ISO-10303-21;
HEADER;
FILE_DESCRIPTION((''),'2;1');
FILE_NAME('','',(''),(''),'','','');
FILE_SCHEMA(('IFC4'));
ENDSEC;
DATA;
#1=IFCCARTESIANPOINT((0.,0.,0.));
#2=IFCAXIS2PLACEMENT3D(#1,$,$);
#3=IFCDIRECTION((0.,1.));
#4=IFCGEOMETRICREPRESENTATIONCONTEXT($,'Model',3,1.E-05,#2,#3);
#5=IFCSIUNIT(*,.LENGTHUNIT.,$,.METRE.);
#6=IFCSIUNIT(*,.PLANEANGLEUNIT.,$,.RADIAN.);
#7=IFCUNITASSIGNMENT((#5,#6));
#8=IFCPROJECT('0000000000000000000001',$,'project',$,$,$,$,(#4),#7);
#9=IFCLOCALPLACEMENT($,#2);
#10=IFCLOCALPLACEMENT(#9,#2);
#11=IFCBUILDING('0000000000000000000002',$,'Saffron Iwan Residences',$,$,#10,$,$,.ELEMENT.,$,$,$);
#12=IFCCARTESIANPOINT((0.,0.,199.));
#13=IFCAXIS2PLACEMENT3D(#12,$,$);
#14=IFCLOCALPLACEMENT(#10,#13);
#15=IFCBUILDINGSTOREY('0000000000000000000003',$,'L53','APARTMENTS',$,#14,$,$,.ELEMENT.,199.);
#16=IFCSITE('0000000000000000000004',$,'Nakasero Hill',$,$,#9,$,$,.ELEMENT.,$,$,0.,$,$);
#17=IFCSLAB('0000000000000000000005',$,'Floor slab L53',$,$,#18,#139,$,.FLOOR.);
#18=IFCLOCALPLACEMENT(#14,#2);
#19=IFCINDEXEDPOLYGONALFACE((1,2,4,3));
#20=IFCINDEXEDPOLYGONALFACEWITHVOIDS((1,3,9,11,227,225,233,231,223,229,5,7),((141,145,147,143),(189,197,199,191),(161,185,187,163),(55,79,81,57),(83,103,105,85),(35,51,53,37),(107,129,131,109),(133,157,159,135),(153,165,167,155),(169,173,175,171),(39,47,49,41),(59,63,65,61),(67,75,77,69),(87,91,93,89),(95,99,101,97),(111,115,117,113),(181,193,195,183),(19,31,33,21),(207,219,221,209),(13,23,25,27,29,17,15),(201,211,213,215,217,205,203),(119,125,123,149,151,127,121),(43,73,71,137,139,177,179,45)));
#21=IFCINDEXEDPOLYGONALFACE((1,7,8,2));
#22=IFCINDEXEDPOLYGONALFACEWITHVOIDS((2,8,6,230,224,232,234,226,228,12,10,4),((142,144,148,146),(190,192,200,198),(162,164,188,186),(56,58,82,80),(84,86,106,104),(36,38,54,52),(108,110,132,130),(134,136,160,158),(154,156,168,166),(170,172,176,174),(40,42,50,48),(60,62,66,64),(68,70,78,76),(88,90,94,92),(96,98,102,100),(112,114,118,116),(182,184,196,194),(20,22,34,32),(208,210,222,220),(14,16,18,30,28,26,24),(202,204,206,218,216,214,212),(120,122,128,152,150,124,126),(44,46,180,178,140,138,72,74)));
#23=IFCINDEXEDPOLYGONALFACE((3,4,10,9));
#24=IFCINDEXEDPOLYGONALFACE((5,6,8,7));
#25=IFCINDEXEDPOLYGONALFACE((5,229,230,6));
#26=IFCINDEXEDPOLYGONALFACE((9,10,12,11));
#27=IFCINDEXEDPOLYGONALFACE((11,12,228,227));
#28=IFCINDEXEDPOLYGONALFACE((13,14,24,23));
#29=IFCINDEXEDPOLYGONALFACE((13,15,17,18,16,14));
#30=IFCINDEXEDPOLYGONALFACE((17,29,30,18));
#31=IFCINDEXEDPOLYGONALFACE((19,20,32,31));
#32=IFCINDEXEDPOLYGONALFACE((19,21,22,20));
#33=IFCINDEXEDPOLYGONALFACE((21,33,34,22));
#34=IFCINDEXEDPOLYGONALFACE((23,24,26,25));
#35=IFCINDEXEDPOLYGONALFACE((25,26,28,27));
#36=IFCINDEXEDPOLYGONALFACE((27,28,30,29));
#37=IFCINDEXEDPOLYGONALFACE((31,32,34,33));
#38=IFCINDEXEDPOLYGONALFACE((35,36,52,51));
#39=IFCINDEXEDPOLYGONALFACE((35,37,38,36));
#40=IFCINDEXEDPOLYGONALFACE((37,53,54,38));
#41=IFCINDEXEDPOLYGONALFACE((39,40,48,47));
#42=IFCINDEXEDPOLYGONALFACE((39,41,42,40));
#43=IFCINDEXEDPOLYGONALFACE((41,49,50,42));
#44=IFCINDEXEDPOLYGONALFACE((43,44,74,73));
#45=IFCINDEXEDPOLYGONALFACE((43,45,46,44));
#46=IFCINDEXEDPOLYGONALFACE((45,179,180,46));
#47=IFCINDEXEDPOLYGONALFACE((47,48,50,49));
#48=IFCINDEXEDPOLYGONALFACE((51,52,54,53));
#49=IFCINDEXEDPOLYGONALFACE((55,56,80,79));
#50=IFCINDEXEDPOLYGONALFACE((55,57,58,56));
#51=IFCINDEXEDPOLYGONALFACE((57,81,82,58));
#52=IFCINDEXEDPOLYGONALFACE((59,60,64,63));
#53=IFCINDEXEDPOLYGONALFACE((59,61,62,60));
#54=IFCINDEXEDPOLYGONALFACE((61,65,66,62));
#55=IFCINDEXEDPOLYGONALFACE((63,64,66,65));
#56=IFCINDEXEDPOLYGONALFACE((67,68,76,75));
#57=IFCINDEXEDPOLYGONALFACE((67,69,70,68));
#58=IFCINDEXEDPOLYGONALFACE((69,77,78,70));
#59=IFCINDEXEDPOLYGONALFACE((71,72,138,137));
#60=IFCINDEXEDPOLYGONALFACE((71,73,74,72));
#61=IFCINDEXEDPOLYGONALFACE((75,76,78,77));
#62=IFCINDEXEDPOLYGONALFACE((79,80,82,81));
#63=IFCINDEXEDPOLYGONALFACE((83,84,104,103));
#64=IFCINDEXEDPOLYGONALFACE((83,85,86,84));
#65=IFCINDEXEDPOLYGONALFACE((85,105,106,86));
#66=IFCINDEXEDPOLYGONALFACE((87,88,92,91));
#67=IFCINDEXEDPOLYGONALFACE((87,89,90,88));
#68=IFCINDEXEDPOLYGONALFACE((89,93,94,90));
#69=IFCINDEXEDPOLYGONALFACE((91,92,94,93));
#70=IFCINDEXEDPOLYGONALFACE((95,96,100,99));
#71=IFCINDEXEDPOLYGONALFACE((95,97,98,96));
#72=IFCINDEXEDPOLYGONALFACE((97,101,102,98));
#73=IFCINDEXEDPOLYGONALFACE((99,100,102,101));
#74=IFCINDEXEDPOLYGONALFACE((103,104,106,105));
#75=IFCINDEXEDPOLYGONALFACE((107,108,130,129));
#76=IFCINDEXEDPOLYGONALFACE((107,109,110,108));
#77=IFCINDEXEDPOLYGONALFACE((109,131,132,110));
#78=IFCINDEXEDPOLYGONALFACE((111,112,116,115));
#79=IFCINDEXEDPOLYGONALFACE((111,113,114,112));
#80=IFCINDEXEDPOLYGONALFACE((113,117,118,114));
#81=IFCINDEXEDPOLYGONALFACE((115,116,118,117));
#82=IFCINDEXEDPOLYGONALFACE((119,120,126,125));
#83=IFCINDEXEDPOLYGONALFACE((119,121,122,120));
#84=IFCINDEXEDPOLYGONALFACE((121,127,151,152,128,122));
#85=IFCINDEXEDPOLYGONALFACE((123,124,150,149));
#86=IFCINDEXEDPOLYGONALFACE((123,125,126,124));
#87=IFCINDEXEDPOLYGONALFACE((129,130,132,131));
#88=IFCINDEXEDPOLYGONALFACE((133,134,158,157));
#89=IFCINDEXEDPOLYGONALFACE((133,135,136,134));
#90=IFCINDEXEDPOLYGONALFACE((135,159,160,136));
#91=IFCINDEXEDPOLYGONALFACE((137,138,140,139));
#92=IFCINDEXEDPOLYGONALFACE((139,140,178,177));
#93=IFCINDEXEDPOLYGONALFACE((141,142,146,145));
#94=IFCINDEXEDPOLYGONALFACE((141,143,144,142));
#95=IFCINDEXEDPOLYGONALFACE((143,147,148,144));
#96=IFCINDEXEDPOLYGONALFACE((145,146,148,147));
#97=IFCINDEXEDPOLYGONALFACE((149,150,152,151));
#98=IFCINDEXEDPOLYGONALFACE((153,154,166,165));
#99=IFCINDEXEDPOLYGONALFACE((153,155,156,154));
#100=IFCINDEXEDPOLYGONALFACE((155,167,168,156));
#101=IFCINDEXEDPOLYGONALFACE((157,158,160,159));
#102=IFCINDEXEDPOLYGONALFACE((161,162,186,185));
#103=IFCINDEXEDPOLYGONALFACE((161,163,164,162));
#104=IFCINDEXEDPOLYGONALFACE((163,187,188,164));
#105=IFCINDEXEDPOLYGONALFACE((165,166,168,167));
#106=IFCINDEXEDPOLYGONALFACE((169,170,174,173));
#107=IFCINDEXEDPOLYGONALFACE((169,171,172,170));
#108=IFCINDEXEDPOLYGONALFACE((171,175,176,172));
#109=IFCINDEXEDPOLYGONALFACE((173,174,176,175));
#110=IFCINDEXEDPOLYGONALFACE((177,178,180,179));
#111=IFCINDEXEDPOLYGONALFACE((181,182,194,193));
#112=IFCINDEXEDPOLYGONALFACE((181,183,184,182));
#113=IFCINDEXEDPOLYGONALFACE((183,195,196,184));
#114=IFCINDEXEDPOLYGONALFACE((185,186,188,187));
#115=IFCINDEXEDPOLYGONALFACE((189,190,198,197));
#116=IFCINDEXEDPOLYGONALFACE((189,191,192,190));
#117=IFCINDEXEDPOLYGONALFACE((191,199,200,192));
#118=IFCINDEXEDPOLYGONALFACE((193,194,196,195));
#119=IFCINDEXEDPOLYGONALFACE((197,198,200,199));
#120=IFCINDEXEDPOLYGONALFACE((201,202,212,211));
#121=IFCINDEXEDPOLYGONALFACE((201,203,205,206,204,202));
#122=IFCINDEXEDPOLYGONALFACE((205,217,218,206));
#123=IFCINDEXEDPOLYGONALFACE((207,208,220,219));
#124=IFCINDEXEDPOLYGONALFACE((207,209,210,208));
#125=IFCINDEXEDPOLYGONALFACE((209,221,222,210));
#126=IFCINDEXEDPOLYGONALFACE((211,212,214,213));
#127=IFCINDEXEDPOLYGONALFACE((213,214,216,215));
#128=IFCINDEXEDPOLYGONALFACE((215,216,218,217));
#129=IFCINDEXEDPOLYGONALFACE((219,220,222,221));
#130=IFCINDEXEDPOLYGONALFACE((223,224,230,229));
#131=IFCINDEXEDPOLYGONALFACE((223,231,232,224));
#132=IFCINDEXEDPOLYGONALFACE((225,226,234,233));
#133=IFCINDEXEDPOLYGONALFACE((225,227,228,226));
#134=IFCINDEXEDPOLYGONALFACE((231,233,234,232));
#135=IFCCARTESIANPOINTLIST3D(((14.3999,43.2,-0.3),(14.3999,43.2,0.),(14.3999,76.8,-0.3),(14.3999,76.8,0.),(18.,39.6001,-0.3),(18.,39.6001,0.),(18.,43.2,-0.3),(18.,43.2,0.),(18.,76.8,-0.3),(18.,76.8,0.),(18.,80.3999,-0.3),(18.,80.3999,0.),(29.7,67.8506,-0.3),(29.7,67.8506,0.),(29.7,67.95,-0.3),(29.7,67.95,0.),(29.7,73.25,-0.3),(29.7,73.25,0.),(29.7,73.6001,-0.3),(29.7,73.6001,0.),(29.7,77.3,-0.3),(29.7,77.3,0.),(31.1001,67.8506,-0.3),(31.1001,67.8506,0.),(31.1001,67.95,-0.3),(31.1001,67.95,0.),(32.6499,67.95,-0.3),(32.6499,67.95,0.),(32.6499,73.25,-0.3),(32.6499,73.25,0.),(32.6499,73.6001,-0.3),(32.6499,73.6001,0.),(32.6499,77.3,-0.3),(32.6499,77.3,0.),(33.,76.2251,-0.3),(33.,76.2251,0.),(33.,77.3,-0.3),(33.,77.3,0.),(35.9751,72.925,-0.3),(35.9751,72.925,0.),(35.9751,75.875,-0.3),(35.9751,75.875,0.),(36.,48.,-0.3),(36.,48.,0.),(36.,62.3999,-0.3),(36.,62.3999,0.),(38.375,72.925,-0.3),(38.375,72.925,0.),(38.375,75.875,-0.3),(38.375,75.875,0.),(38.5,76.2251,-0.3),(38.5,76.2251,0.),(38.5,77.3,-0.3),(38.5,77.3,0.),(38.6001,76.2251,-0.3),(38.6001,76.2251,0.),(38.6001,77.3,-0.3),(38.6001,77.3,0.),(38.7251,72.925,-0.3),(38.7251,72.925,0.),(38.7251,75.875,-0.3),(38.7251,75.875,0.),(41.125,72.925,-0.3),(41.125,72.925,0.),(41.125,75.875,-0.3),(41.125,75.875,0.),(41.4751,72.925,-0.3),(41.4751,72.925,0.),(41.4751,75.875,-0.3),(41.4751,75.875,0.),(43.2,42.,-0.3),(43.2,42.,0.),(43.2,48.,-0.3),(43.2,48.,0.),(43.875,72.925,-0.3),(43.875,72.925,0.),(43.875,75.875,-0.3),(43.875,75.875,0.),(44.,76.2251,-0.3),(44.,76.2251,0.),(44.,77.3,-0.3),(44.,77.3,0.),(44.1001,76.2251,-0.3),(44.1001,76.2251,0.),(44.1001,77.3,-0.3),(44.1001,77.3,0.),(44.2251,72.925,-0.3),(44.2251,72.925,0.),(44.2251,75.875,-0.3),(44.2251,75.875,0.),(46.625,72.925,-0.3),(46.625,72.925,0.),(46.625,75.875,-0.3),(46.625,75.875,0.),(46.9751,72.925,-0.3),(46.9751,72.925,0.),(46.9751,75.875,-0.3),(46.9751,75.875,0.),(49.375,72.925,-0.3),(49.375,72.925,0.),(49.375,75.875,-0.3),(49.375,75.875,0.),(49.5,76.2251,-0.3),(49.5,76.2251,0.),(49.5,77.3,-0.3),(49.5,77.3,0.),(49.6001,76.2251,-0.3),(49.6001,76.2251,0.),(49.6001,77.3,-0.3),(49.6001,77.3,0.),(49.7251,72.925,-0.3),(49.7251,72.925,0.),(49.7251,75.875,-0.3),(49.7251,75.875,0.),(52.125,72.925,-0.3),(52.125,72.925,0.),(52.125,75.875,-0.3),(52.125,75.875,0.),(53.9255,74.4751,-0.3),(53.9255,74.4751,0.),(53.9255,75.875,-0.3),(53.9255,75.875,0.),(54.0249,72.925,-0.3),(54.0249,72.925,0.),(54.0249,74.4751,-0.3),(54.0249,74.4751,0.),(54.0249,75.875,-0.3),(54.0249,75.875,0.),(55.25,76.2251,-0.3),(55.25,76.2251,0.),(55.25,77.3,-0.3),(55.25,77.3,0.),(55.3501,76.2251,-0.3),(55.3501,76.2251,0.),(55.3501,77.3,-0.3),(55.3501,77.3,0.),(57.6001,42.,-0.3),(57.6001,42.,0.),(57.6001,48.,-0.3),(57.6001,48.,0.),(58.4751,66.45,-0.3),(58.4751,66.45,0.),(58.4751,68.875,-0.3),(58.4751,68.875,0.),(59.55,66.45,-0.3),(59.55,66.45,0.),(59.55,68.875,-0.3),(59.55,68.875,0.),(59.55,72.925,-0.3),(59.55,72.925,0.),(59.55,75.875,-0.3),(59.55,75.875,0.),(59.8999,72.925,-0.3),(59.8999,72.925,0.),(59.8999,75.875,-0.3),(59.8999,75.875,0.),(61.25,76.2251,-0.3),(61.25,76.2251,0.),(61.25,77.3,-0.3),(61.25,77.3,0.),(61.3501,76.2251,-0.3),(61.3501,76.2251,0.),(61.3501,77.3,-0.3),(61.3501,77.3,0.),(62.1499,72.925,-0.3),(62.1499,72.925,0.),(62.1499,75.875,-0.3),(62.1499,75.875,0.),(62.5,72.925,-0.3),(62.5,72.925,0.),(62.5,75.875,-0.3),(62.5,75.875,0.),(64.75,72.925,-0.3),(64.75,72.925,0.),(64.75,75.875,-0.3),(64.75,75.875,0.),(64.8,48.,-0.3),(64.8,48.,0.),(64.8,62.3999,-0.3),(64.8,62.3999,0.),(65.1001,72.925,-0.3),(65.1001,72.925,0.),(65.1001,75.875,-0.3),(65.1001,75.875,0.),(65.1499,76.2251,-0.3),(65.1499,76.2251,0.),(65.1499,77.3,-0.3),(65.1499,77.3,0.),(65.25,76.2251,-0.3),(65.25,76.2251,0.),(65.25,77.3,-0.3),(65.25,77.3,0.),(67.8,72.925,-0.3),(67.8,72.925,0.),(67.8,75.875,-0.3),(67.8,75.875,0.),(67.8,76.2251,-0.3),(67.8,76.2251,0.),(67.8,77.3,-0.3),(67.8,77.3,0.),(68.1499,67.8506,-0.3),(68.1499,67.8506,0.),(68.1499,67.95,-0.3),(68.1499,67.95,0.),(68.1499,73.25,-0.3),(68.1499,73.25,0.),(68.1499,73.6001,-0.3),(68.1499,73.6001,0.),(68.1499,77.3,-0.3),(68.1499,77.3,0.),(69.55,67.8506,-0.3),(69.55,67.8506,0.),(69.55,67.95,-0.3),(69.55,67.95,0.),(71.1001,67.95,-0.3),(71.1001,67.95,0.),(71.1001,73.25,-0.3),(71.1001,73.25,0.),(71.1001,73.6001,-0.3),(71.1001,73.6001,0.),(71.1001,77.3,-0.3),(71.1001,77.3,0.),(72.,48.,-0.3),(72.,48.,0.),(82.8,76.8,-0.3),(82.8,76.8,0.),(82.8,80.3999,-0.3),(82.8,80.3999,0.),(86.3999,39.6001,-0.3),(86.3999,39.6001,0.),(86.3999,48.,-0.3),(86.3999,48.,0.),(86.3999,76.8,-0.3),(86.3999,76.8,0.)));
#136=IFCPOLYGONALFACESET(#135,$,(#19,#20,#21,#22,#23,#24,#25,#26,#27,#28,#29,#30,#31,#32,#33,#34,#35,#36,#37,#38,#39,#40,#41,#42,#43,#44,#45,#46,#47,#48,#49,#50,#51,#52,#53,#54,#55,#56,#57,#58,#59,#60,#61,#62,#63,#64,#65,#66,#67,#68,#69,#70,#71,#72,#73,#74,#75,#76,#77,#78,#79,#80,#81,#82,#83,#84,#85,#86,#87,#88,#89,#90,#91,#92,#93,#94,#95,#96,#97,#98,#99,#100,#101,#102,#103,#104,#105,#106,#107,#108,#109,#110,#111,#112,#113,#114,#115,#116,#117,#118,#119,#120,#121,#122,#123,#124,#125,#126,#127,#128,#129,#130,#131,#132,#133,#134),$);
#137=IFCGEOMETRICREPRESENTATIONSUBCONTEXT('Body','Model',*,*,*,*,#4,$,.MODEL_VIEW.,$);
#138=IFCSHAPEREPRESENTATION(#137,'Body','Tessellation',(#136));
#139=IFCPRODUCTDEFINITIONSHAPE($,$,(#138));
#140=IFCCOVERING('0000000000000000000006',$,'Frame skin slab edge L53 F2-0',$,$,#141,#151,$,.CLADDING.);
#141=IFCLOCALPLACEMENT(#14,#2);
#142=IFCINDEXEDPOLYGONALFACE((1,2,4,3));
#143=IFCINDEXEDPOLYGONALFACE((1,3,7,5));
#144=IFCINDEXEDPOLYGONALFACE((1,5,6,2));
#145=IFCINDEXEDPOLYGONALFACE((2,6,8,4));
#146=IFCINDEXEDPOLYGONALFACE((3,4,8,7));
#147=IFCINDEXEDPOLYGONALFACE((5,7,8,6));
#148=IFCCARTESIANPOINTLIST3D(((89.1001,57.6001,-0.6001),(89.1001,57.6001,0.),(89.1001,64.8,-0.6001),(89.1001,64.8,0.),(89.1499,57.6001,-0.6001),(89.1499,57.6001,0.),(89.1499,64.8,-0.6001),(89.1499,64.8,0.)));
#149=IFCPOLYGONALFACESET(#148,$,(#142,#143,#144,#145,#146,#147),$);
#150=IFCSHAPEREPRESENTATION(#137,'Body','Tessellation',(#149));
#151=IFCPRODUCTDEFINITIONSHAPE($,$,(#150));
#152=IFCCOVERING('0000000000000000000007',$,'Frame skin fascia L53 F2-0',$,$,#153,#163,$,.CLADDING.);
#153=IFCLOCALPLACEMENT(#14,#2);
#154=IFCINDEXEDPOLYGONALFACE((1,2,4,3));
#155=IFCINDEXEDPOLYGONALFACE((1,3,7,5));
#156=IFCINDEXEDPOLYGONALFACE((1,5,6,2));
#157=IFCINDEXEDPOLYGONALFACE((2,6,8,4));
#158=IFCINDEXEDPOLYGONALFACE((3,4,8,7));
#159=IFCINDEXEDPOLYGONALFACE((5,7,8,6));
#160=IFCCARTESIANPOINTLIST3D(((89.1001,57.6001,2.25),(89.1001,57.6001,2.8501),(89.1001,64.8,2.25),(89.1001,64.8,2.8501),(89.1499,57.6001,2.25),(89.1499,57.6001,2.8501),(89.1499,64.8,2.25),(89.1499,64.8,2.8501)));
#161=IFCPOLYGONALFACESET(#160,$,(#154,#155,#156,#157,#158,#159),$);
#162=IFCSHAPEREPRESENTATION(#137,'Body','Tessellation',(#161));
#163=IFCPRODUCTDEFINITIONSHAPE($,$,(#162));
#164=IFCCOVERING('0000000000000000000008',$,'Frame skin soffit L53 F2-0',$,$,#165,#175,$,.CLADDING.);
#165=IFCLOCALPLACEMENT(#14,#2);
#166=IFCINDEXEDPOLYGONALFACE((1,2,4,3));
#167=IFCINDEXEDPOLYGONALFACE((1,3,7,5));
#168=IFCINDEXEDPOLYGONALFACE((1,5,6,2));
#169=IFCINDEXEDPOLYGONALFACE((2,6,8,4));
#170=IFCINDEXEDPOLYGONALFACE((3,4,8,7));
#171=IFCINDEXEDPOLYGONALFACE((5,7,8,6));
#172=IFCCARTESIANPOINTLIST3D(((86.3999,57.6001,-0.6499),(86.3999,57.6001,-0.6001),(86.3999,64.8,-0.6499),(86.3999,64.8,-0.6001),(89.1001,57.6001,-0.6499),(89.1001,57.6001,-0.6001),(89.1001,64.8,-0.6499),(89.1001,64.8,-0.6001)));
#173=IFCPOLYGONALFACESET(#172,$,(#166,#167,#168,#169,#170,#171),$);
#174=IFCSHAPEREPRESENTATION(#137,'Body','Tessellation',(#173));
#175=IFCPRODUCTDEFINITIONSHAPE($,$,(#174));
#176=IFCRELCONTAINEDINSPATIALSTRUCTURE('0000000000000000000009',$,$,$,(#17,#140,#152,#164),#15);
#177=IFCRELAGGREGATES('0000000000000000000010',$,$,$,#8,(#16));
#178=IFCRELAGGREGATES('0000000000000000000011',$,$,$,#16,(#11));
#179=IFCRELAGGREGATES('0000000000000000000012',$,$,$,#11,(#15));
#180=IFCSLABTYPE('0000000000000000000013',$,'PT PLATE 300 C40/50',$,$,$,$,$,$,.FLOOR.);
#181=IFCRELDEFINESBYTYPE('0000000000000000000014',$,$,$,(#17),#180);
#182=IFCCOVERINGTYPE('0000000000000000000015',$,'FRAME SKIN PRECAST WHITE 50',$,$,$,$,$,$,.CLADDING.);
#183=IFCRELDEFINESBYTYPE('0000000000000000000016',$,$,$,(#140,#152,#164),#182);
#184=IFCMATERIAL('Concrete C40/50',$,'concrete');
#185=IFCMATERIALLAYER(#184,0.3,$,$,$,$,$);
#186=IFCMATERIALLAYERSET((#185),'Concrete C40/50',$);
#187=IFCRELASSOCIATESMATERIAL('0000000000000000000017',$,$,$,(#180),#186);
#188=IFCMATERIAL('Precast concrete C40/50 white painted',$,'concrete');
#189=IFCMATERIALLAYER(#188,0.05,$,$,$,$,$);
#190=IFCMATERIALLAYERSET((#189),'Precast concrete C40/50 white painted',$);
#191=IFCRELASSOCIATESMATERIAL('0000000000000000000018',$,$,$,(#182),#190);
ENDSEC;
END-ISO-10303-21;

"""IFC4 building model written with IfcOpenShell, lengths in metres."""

from ifc_helpers import new_model, si_unit, direction, frame, origin, place, context, subcontext, project, spatial, polyline, outline, extrude, material, layer, layer_set, type_object, element, save


model = new_model("IFC4")

# Units and contexts
model_context = context("Model", 3, precision=1e-05, world=origin(), true_north=direction((0.0, 1.0)))
body_context = subcontext(model_context, "Body", "Model", "MODEL_VIEW")
ifc_project = project(units=[si_unit("LENGTHUNIT", "METRE"), si_unit("PLANEANGLEUNIT", "RADIAN")], contexts=[model_context])

# Site, building, storey
site_placement = place(None, origin())
site = spatial("IfcSite", under=ifc_project, at=site_placement, Name="Nakasero Hill", CompositionType="ELEMENT", RefElevation=0.0)
building_placement = place(site_placement, origin())
building = spatial("IfcBuilding", under=site, at=building_placement, Name="Saffron Iwan Residences", CompositionType="ELEMENT")
storey_placement = place(building_placement, frame((0.0, 0.0, 199.0)))
storey = spatial("IfcBuildingStorey", under=building, at=storey_placement, Name="L53", Description="APARTMENTS", CompositionType="ELEMENT", Elevation=199.0)

# Slab
ifc_material_1 = material(Name="Concrete C40/50", Category="concrete")
ifc_layer_1 = layer(ifc_material_1, 0.3)
ifc_layer_set_1 = layer_set([ifc_layer_1], Name="Concrete C40/50")
slab_type_1 = type_object("IfcSlabType", Name="PT PLATE 300 C40/50", PredefinedType="FLOOR", material=ifc_layer_set_1)
slab_1_placement = place(storey_placement, frame((0.0, 0.0, -0.3)))
element("IfcSlab", 1, at=slab_1_placement, inside=storey, type_object=slab_type_1, Name="Floor slab L53", PredefinedType="FLOOR", context=body_context, shape_type="SweptSolid", body=[
    extrude(outline(polyline([(14.3999, 43.2), (14.3999, 76.8), (18.0, 76.8), (18.0, 80.3999), (82.8, 80.3999), (82.8, 76.8), (86.3999, 76.8), (86.3999, 48.0), (72.0, 48.0), (86.3999, 39.6001), (18.0, 39.6001), (18.0, 43.2), (14.3999, 43.2)]), holes=[polyline([(64.8, 48.0), (64.8, 62.3999), (36.0, 62.3999), (36.0, 48.0), (43.2, 48.0), (43.2, 42.0), (57.6001, 42.0), (57.6001, 48.0), (64.8, 48.0)]), polyline([(29.7, 73.25), (29.7, 67.95), (29.7, 67.8506), (31.1001, 67.8506), (31.1001, 67.95), (32.6499, 67.95), (32.6499, 73.25), (29.7, 73.25)]), polyline([(38.375, 75.875), (35.9751, 75.875), (35.9751, 72.925), (38.375, 72.925), (38.375, 75.875)]), polyline([(41.125, 75.875), (38.7251, 75.875), (38.7251, 72.925), (41.125, 72.925), (41.125, 75.875)]), polyline([(43.875, 72.925), (43.875, 75.875), (41.4751, 75.875), (41.4751, 72.925), (43.875, 72.925)]), polyline([(46.625, 72.925), (46.625, 75.875), (44.2251, 75.875), (44.2251, 72.925), (46.625, 72.925)]), polyline([(49.375, 75.875), (46.9751, 75.875), (46.9751, 72.925), (49.375, 72.925), (49.375, 75.875)]), polyline([(52.125, 72.925), (52.125, 75.875), (49.7251, 75.875), (49.7251, 72.925), (52.125, 72.925)]), polyline([(32.6499, 73.6001), (32.6499, 77.3), (29.7, 77.3), (29.7, 73.6001), (32.6499, 73.6001)]), polyline([(38.5, 77.3), (33.0, 77.3), (33.0, 76.2251), (38.5, 76.2251), (38.5, 77.3)]), polyline([(44.0, 76.2251), (44.0, 77.3), (38.6001, 77.3), (38.6001, 76.2251), (44.0, 76.2251)]), polyline([(49.5, 76.2251), (49.5, 77.3), (44.1001, 77.3), (44.1001, 76.2251), (49.5, 76.2251)]), polyline([(59.55, 68.875), (58.4751, 68.875), (58.4751, 66.45), (59.55, 66.45), (59.55, 68.875)]), polyline([(68.1499, 73.25), (68.1499, 67.95), (68.1499, 67.8506), (69.55, 67.8506), (69.55, 67.95), (71.1001, 67.95), (71.1001, 73.25), (68.1499, 73.25)]), polyline([(54.0249, 74.4751), (54.0249, 72.925), (59.55, 72.925), (59.55, 75.875), (54.0249, 75.875), (53.9255, 75.875), (53.9255, 74.4751), (54.0249, 74.4751)]), polyline([(62.1499, 72.925), (62.1499, 75.875), (59.8999, 75.875), (59.8999, 72.925), (62.1499, 72.925)]), polyline([(64.75, 72.925), (64.75, 75.875), (62.5, 75.875), (62.5, 72.925), (64.75, 72.925)]), polyline([(67.8, 75.875), (65.1001, 75.875), (65.1001, 72.925), (67.8, 72.925), (67.8, 75.875)]), polyline([(71.1001, 73.6001), (71.1001, 77.3), (68.1499, 77.3), (68.1499, 73.6001), (71.1001, 73.6001)]), polyline([(55.25, 76.2251), (55.25, 77.3), (49.6001, 77.3), (49.6001, 76.2251), (55.25, 76.2251)]), polyline([(61.25, 77.3), (55.3501, 77.3), (55.3501, 76.2251), (61.25, 76.2251), (61.25, 77.3)]), polyline([(65.1499, 76.2251), (65.1499, 77.3), (61.3501, 77.3), (61.3501, 76.2251), (65.1499, 76.2251)]), polyline([(67.8, 76.2251), (67.8, 77.3), (65.25, 77.3), (65.25, 76.2251), (67.8, 76.2251)])]), origin(), (0.0, 0.0, 1.0), 0.3),
])

# Coverings
ifc_material_2 = material(Name="Precast concrete C40/50 white painted", Category="concrete")
ifc_layer_2 = layer(ifc_material_2, 0.05)
ifc_layer_set_2 = layer_set([ifc_layer_2], Name="Precast concrete C40/50 white painted")
covering_type_1 = type_object("IfcCoveringType", Name="FRAME SKIN PRECAST WHITE 50", PredefinedType="CLADDING", material=ifc_layer_set_2)
for number, where, name in (
    (2, (0.0, 0.0, -0.6001), "Frame skin slab edge L53 F2-0"),
    (3, (0.0, 0.0, 2.25), "Frame skin fascia L53 F2-0"),
):
    element("IfcCovering", number, at=place(storey_placement, frame(where)), inside=storey, type_object=covering_type_1, Name=name, PredefinedType="CLADDING", context=body_context, shape_type="SweptSolid", body=[
        extrude(outline(polyline([(89.1499, 57.6001), (89.1499, 64.8), (89.1001, 64.8), (89.1001, 57.6001), (89.1499, 57.6001)])), origin(), (0.0, 0.0, 1.0), 0.6001),
    ])
covering_1_placement = place(storey_placement, frame((0.0, 0.0, -0.6499)))
element("IfcCovering", 4, at=covering_1_placement, inside=storey, type_object=covering_type_1, Name="Frame skin soffit L53 F2-0", PredefinedType="CLADDING", context=body_context, shape_type="SweptSolid", body=[
    extrude(outline(polyline([(89.1001, 57.6001), (89.1001, 64.8), (86.3999, 64.8), (86.3999, 57.6001), (89.1001, 57.6001)])), origin(), (0.0, 0.0, 1.0), 0.0498),
])

save(model, "model.ifc")
